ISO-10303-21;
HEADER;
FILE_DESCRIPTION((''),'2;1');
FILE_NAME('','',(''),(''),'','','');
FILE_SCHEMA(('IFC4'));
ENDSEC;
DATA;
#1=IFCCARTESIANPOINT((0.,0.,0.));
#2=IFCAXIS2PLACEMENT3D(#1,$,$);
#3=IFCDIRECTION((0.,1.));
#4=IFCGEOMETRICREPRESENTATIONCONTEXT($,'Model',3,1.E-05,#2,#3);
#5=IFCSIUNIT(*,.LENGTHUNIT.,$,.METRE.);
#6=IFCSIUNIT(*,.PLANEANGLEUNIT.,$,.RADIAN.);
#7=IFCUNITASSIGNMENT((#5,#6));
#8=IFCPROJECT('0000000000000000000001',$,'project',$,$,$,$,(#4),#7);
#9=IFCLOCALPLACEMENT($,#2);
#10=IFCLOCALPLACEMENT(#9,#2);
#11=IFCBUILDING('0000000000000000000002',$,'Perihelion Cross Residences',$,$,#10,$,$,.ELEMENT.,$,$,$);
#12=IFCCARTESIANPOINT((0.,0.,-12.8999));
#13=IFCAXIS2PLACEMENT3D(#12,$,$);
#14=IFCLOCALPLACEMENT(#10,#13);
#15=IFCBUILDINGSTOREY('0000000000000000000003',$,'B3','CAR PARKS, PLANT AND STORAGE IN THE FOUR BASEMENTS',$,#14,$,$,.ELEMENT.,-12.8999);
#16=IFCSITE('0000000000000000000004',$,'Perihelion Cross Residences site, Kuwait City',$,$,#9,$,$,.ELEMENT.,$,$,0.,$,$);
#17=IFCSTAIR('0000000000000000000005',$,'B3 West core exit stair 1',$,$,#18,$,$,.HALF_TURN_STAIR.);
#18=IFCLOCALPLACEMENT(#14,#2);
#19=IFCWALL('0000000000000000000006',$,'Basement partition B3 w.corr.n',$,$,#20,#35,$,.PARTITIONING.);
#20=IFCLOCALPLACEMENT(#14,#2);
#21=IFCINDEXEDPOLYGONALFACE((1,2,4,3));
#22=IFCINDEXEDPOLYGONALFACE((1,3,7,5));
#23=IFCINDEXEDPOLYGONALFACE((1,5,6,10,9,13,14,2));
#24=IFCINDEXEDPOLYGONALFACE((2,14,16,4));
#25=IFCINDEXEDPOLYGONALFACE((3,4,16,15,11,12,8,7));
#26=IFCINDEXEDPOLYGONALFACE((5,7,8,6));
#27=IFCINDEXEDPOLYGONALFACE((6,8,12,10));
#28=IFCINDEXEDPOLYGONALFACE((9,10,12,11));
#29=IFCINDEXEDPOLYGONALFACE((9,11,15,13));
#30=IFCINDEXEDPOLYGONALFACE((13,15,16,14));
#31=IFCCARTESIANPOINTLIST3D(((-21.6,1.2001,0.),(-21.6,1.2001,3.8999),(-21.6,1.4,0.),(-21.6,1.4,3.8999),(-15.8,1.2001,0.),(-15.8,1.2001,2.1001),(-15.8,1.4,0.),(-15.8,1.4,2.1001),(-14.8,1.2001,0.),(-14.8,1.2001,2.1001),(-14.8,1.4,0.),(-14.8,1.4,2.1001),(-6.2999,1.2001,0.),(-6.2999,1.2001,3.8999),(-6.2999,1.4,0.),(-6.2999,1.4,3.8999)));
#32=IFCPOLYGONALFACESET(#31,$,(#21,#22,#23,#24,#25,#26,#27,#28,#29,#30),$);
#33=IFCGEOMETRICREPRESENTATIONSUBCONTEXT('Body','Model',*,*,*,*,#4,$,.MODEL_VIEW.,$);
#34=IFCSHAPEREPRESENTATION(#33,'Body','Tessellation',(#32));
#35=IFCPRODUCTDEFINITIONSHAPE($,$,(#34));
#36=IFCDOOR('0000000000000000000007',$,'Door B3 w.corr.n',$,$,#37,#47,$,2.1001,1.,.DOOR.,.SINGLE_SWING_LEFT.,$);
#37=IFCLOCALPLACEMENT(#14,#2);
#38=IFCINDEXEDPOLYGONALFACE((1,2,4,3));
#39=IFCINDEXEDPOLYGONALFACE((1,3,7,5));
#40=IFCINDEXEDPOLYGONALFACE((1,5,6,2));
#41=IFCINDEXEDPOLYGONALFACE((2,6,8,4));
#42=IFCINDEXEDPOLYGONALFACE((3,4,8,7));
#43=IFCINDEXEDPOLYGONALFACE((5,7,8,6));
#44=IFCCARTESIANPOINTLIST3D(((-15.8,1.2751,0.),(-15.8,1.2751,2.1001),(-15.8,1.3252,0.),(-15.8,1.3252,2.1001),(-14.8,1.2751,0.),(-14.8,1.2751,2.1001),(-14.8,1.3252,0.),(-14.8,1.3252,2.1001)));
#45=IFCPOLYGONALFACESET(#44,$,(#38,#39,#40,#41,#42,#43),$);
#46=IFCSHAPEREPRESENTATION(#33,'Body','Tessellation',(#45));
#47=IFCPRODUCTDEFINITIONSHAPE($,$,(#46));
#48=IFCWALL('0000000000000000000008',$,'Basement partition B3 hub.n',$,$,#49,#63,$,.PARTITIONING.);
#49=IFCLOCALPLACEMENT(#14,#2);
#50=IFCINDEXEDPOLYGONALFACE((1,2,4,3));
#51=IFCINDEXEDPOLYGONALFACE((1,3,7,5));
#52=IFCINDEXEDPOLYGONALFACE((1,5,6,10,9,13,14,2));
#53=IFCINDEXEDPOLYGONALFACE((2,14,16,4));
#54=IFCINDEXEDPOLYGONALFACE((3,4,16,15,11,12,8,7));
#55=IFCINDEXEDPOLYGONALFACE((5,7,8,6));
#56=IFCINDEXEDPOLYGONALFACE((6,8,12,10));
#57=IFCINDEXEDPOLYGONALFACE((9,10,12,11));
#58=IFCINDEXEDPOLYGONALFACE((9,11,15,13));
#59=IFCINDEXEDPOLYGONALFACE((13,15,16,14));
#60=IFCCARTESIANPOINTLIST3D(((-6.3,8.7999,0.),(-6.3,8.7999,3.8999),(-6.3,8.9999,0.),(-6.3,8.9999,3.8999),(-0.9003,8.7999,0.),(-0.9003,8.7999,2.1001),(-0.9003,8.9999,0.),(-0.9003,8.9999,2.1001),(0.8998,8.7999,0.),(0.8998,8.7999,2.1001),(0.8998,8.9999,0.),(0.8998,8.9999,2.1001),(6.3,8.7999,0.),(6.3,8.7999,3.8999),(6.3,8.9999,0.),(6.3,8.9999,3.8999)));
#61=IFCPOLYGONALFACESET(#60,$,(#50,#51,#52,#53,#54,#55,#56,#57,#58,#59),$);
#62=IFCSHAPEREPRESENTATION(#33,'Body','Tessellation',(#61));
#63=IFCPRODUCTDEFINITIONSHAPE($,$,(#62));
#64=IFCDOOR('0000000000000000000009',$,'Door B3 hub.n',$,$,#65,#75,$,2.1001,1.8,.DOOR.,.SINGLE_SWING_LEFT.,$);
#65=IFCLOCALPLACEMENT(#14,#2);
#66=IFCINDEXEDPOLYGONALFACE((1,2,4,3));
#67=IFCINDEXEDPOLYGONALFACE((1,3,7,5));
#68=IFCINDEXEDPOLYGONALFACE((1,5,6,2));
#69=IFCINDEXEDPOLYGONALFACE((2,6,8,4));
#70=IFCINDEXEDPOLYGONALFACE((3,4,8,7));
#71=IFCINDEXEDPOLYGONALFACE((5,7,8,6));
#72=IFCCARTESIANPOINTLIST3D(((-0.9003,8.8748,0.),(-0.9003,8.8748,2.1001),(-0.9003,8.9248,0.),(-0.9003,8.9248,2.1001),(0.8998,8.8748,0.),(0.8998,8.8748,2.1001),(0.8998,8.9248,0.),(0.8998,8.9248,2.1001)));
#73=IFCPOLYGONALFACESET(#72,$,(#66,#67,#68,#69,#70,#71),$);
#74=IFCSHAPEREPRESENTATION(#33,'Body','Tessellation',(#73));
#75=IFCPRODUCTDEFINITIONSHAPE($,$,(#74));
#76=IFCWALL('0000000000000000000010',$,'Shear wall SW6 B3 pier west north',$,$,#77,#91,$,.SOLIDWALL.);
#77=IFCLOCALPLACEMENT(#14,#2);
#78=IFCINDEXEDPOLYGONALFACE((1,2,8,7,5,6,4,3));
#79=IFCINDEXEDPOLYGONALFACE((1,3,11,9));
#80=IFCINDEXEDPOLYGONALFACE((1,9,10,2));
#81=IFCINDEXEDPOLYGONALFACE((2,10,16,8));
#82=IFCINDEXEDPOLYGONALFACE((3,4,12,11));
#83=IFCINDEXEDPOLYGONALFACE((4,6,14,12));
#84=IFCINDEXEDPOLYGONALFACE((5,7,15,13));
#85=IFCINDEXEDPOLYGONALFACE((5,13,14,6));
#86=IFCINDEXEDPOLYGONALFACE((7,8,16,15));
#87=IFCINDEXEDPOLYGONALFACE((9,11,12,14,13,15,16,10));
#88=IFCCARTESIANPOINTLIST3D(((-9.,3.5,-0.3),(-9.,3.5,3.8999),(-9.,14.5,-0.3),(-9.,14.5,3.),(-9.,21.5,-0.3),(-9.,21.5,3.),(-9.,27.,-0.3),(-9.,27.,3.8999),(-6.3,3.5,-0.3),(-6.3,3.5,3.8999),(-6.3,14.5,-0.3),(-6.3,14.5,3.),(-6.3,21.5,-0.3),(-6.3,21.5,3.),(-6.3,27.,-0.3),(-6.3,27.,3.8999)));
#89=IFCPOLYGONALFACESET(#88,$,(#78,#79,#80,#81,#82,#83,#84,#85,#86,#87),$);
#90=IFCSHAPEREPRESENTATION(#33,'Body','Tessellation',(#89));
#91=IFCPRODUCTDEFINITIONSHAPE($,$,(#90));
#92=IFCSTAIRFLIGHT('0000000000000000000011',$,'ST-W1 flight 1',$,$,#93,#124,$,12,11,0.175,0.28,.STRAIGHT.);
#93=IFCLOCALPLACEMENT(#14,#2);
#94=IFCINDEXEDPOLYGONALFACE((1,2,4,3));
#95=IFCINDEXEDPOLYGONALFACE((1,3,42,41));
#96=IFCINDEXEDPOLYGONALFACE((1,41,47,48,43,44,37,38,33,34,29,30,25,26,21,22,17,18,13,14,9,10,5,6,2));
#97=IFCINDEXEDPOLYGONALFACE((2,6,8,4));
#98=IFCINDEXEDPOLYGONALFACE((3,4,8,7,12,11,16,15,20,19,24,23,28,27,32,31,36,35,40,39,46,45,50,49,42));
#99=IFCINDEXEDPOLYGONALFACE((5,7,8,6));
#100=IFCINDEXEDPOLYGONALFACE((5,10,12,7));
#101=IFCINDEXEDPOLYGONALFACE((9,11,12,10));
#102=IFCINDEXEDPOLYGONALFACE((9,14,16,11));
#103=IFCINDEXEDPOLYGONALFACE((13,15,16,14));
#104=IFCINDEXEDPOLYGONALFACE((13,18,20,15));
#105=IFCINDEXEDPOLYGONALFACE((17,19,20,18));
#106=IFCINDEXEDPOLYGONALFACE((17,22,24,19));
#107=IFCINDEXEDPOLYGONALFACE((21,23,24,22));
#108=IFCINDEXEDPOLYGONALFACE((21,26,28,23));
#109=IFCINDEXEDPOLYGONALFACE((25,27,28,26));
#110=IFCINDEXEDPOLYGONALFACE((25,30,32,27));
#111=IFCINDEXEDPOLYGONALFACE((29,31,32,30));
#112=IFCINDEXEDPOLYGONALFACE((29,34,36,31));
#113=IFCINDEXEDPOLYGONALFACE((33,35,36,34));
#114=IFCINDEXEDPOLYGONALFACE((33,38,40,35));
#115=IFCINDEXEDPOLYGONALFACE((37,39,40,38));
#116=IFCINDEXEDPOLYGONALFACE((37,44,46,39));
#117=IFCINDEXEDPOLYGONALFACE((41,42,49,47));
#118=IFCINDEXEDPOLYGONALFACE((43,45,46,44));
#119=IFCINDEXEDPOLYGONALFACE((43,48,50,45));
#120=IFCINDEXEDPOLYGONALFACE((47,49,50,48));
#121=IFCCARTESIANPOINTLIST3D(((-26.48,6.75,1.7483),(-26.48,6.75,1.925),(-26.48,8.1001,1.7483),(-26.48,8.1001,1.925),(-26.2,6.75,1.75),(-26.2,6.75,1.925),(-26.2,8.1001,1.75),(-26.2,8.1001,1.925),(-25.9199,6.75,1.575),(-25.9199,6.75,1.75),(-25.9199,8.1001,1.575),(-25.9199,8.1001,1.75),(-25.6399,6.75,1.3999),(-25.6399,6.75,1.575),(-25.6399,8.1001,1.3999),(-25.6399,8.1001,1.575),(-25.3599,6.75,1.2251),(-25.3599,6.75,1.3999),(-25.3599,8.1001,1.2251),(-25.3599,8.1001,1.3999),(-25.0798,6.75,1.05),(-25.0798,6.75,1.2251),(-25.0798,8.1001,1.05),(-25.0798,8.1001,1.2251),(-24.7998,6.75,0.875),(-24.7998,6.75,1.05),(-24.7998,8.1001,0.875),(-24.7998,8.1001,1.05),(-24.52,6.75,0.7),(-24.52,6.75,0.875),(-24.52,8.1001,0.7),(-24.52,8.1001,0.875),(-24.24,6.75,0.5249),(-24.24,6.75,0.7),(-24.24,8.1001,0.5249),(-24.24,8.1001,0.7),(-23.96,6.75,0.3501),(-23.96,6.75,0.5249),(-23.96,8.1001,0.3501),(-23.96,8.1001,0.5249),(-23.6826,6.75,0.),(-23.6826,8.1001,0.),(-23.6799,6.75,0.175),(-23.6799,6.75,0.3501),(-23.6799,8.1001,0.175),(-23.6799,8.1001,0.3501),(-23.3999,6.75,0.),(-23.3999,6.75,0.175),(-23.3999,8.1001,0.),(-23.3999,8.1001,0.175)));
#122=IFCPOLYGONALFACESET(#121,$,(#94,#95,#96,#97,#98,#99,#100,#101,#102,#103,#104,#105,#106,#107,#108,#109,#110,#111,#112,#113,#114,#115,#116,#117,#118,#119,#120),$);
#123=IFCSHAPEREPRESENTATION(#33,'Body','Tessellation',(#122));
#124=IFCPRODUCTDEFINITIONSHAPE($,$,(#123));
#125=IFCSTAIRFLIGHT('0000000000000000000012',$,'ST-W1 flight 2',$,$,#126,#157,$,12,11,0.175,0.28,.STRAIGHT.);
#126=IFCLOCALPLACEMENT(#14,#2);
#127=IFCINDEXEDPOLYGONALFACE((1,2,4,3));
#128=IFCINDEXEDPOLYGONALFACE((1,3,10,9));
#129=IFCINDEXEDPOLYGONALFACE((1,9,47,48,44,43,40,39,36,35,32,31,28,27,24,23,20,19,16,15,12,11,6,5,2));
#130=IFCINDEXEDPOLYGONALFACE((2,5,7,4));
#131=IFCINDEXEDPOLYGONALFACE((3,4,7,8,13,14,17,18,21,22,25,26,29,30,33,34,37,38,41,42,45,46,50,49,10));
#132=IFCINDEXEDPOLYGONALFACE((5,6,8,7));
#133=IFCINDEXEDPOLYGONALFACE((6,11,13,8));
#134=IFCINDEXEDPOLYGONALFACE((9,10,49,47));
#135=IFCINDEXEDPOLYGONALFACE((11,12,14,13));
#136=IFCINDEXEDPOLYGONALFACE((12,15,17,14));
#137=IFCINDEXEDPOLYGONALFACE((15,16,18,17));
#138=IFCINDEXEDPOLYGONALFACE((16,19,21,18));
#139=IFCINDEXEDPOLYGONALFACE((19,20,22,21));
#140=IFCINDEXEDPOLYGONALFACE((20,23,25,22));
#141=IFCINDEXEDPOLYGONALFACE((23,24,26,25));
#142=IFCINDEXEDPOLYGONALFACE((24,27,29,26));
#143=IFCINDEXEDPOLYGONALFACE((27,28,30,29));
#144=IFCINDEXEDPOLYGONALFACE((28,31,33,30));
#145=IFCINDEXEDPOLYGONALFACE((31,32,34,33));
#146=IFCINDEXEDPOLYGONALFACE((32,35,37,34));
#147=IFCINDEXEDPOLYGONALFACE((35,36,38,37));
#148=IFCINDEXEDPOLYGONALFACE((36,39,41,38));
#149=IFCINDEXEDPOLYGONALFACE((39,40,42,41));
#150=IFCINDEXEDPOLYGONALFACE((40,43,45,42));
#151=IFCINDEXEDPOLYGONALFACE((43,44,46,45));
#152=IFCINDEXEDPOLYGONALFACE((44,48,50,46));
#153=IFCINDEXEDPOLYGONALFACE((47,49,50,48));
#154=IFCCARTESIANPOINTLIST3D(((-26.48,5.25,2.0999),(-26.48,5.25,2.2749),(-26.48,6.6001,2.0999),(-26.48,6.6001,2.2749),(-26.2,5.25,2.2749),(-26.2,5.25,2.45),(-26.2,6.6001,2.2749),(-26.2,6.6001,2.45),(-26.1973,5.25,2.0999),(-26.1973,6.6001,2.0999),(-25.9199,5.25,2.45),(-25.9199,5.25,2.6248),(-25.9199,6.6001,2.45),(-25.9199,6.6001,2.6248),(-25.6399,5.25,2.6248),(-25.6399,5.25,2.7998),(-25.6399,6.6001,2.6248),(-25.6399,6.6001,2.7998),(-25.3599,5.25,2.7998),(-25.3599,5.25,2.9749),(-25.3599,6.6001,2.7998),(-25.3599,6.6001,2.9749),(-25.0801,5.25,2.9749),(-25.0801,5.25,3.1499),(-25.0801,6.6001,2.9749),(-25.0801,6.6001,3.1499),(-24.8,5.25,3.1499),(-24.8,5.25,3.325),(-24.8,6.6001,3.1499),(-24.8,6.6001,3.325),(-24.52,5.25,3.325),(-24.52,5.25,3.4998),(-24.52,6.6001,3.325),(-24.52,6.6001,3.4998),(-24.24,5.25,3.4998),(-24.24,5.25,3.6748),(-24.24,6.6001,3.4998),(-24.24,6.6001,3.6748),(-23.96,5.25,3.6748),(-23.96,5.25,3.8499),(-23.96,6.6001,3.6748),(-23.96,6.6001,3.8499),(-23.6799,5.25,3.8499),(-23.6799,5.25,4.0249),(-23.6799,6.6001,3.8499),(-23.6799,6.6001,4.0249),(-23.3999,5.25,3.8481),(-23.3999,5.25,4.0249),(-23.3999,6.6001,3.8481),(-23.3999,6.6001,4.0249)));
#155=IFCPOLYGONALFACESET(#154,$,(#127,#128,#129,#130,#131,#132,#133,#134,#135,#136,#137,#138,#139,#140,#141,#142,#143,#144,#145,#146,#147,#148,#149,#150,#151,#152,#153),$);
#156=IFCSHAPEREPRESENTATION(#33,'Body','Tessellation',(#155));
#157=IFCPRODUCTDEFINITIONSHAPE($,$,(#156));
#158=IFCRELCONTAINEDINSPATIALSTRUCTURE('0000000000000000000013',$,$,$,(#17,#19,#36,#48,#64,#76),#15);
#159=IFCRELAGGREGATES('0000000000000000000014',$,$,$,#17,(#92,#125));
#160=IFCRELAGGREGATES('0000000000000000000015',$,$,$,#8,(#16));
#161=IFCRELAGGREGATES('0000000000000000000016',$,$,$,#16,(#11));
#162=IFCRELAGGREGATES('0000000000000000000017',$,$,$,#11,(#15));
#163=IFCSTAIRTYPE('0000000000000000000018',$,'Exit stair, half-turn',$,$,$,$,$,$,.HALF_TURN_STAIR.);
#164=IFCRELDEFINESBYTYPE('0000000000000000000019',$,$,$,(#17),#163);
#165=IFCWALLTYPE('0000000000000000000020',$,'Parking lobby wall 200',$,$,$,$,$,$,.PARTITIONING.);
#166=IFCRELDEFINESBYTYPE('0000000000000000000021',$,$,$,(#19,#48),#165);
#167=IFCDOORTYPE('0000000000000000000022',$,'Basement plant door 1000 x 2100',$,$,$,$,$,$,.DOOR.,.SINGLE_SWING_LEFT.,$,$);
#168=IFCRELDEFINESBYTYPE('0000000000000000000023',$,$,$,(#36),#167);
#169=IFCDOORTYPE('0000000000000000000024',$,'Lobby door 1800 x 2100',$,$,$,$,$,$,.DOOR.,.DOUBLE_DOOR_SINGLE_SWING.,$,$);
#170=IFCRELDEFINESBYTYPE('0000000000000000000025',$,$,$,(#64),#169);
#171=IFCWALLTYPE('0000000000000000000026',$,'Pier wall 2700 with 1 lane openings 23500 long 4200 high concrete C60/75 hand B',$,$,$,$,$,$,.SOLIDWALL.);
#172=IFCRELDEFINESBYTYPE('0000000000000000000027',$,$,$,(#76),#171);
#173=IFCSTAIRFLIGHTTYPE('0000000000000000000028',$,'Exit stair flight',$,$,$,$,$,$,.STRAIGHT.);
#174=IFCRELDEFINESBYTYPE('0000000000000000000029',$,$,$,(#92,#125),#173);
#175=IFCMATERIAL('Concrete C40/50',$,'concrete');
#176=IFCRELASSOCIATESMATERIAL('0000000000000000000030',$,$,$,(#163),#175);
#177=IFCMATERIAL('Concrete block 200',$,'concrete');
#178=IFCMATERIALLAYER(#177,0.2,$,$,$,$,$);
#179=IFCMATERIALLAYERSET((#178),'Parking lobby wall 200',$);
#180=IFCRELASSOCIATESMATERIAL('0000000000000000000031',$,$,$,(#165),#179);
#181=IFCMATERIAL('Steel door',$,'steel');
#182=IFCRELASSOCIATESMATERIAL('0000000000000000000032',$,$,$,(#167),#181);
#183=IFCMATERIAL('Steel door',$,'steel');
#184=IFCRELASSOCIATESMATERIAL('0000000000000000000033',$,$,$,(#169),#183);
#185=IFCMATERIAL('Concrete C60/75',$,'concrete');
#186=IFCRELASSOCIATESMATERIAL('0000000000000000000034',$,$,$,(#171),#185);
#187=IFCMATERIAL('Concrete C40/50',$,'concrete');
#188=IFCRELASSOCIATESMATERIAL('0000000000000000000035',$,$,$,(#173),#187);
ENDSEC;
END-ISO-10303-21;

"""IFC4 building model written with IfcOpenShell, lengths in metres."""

from ifc_helpers import new_model, si_unit, direction, frame, frame_2d, origin, place, context, subcontext, project, spatial, polyline, rectangle, outline, extrude, material, layer, layer_set, material_profile, profile_set, type_object, element, fill, aggregate, save


model = new_model("IFC4")

# Units and contexts
model_context = context("Model", 3, precision=1e-05, world=origin(), true_north=direction((0.0, 1.0)))
body_context = subcontext(model_context, "Body", "Model", "MODEL_VIEW")
ifc_project = project(units=[si_unit("LENGTHUNIT", "METRE"), si_unit("PLANEANGLEUNIT", "RADIAN")], contexts=[model_context])

# Site, building, storey
site_placement = place(None, origin())
site = spatial("IfcSite", under=ifc_project, at=site_placement, Name="Perihelion Cross Residences site, Kuwait City", CompositionType="ELEMENT", RefElevation=0.0)
building_placement = place(site_placement, origin())
building = spatial("IfcBuilding", under=site, at=building_placement, Name="Perihelion Cross Residences", CompositionType="ELEMENT")
storey_placement = place(building_placement, frame((0.0, 0.0, -12.8999)))
storey = spatial("IfcBuildingStorey", under=building, at=storey_placement, Name="B3", Description="CAR PARKS, PLANT AND STORAGE IN THE FOUR BASEMENTS", CompositionType="ELEMENT", Elevation=-12.8999)

# Stair
ifc_material_1 = material(Name="Concrete C40/50", Category="concrete")
stair_type = type_object("IfcStairType", Name="Exit stair, half-turn", PredefinedType="HALF_TURN_STAIR", material=ifc_material_1)
stair_1_placement = place(storey_placement, origin())
stair_1 = element("IfcStair", 1, at=stair_1_placement, inside=storey, type_object=stair_type, Name="B3 West core exit stair 1", PredefinedType="HALF_TURN_STAIR")

# Walls, openings, doors
ifc_material_2 = material(Name="Concrete block 200", Category="concrete")
ifc_layer_1 = layer(ifc_material_2, 0.2)
ifc_layer_set_1 = layer_set([ifc_layer_1], Name="Parking lobby wall 200")
wall_type_1 = type_object("IfcWallType", Name="Parking lobby wall 200", PredefinedType="PARTITIONING", material=ifc_layer_set_1)
wall_1_placement = place(storey_placement, frame((-6.3, 1.3, 0.0), z_axis=(0.0, 0.0, 1.0), x_axis=(-1.0, 0.0, 0.0)))
wall_1 = element("IfcWall", 2, at=wall_1_placement, inside=storey, type_object=wall_type_1, Name="Basement partition B3 w.corr.n", PredefinedType="PARTITIONING", context=body_context, shape_type="SweptSolid", body=[
    extrude(rectangle(XDim=15.3, YDim=0.2, at=frame_2d((7.6499, 0.0))), origin(), (0.0, 0.0, 1.0), 3.8999),
])
opening_1_placement = place(wall_1_placement, frame((8.5, 0.0, 0.0)))
opening_1 = element("IfcOpeningElement", 3, at=opening_1_placement, cuts=wall_1, PredefinedType="OPENING", context=body_context, shape_type="SweptSolid", body=[
    extrude(rectangle(XDim=1.0, YDim=2.1001, at=frame_2d((0.5, 1.05))), frame((0.0, 0.1099, 0.0), z_axis=(0.0, -1.0, 0.0), x_axis=(1.0, 0.0, 0.0)), (0.0, 0.0, 1.0), 0.22),
])
ifc_material_3 = material(Name="Steel door", Category="steel")
door_type_1 = type_object("IfcDoorType", Name="Basement plant door 1000 x 2100", OperationType="SINGLE_SWING_LEFT", PredefinedType="DOOR", material=ifc_material_3)
door_1_placement = place(opening_1_placement, origin())
door_1 = element("IfcDoor", 4, at=door_1_placement, inside=storey, type_object=door_type_1, Name="Door B3 w.corr.n", OperationType="SINGLE_SWING_LEFT", OverallHeight=2.1001, OverallWidth=1.0, PredefinedType="DOOR", context=body_context, shape_type="SweptSolid", body=[
    extrude(rectangle(XDim=1.0, YDim=2.1001, at=frame_2d((0.5, 1.05))), frame((0.0, 0.0249, 0.0), z_axis=(0.0, -1.0, 0.0), x_axis=(1.0, 0.0, 0.0)), (0.0, 0.0, 1.0), 0.05),
])
fill(opening_1, door_1)
wall_2_placement = place(storey_placement, frame((-6.3, 8.8999, 0.0), z_axis=(0.0, 0.0, 1.0), x_axis=(1.0, 0.0, 0.0)))
wall_2 = element("IfcWall", 5, at=wall_2_placement, inside=storey, type_object=wall_type_1, Name="Basement partition B3 hub.n", PredefinedType="PARTITIONING", context=body_context, shape_type="SweptSolid", body=[
    extrude(rectangle(XDim=12.6001, YDim=0.2, at=frame_2d((6.3, 0.0))), origin(), (0.0, 0.0, 1.0), 3.8999),
])
opening_2_placement = place(wall_2_placement, frame((5.3999, 0.0, 0.0)))
opening_2 = element("IfcOpeningElement", 6, at=opening_2_placement, cuts=wall_2, PredefinedType="OPENING", context=body_context, shape_type="SweptSolid", body=[
    extrude(rectangle(XDim=1.8, YDim=2.1001, at=frame_2d((0.8999, 1.05))), frame((0.0, 0.1099, 0.0), z_axis=(0.0, -1.0, 0.0), x_axis=(1.0, 0.0, 0.0)), (0.0, 0.0, 1.0), 0.22),
])
ifc_material_4 = material(Name="Steel door", Category="steel")
door_type_2 = type_object("IfcDoorType", Name="Lobby door 1800 x 2100", OperationType="DOUBLE_DOOR_SINGLE_SWING", PredefinedType="DOOR", material=ifc_material_4)
door_2_placement = place(opening_2_placement, origin())
door_2 = element("IfcDoor", 7, at=door_2_placement, inside=storey, type_object=door_type_2, Name="Door B3 hub.n", OperationType="SINGLE_SWING_LEFT", OverallHeight=2.1001, OverallWidth=1.8, PredefinedType="DOOR", context=body_context, shape_type="SweptSolid", body=[
    extrude(rectangle(XDim=1.8, YDim=2.1001, at=frame_2d((0.8999, 1.05))), frame((0.0, 0.0249, 0.0), z_axis=(0.0, -1.0, 0.0), x_axis=(1.0, 0.0, 0.0)), (0.0, 0.0, 1.0), 0.05),
])
fill(opening_2, door_2)

# Wall
ifc_material_5 = material(Name="Concrete C60/75", Category="concrete")
ifc_material_profile_1 = material_profile(ifc_material_5, outline(polyline([(0.0, 0.0), (11.0, 0.0), (11.0, 3.3), (18.0, 3.3), (18.0, 0.0), (23.5, 0.0), (23.5, 4.2), (0.0, 4.2), (0.0, 0.0)])), Name="Pier wall")
ifc_profile_set_1 = profile_set([ifc_material_profile_1], Name="Concrete C60/75")
wall_type_2 = type_object("IfcWallType", Name="Pier wall 2700 with 1 lane openings 23500 long 4200 high concrete C60/75 hand B", PredefinedType="SOLIDWALL", material=ifc_profile_set_1)
wall_3_placement = place(storey_placement, frame((-9.0, 3.5, -0.3), z_axis=(1.0, 0.0, 0.0), x_axis=(0.0, 1.0, 0.0)))
element("IfcWall", 8, at=wall_3_placement, inside=storey, type_object=wall_type_2, Name="Shear wall SW6 B3 pier west north", PredefinedType="SOLIDWALL", context=body_context, shape_type="SweptSolid", body=[
    extrude(outline(polyline([(0.0, 0.0), (11.0, 0.0), (11.0, 3.3), (18.0, 3.3), (18.0, 0.0), (23.5, 0.0), (23.5, 4.2), (0.0, 4.2), (0.0, 0.0)])), origin(), (0.0, 0.0, 1.0), 2.7),
])

# Stair flights
ifc_material_6 = material(Name="Concrete C40/50", Category="concrete")
stair_flight_type = type_object("IfcStairFlightType", Name="Exit stair flight", PredefinedType="STRAIGHT", material=ifc_material_6)
stair_flight_1_placement = place(storey_placement, frame((-23.3999, 7.425, 0.0), z_axis=(0.0, 0.0, 1.0), x_axis=(-1.0, 0.0, 0.0)))
stair_flight_1 = element("IfcStairFlight", 9, at=stair_flight_1_placement, type_object=stair_flight_type, Name="ST-W1 flight 1", NumberOfRisers=12, NumberOfTreads=11, PredefinedType="STRAIGHT", RiserHeight=0.175, TreadLength=0.28, context=body_context, shape_type="SweptSolid", body=[
    extrude(outline(polyline([(0.0, 0.0), (0.0, 0.175), (0.28, 0.175), (0.28, 0.3501), (0.5601, 0.3501), (0.5601, 0.5249), (0.8401, 0.5249), (0.8401, 0.7), (1.1201, 0.7), (1.1201, 0.875), (1.3999, 0.875), (1.3999, 1.05), (1.6799, 1.05), (1.6799, 1.2251), (1.96, 1.2251), (1.96, 1.3999), (2.24, 1.3999), (2.24, 1.575), (2.52, 1.575), (2.52, 1.75), (2.8, 1.75), (2.8, 1.925), (3.0801, 1.925), (3.0801, 2.1001), (3.0801, 1.7483), (0.2827, 0.0), (0.0, 0.0)])), frame((0.0, 0.675, 0.0), z_axis=(0.0, -1.0, 0.0), x_axis=(1.0, 0.0, 0.0)), (0.0, 0.0, 1.0), 1.3501),
])
stair_flight_2_placement = place(storey_placement, frame((-26.48, 5.925, 2.0999), z_axis=(0.0, 0.0, 1.0), x_axis=(1.0, 0.0, 0.0)))
stair_flight_2 = element("IfcStairFlight", 10, at=stair_flight_2_placement, type_object=stair_flight_type, Name="ST-W1 flight 2", NumberOfRisers=12, NumberOfTreads=11, PredefinedType="STRAIGHT", RiserHeight=0.175, TreadLength=0.28, context=body_context, shape_type="SweptSolid", body=[
    extrude(outline(polyline([(0.0, 0.0), (0.0, 0.175), (0.28, 0.175), (0.28, 0.3501), (0.5601, 0.3501), (0.5601, 0.5249), (0.8401, 0.5249), (0.8401, 0.7), (1.1201, 0.7), (1.1201, 0.875), (1.3999, 0.875), (1.3999, 1.05), (1.6799, 1.05), (1.6799, 1.2251), (1.96, 1.2251), (1.96, 1.3999), (2.24, 1.3999), (2.24, 1.575), (2.52, 1.575), (2.52, 1.75), (2.8, 1.75), (2.8, 1.925), (3.0801, 1.925), (3.0801, 2.1001), (3.0801, 1.7483), (0.2827, 0.0), (0.0, 0.0)])), frame((0.0, 0.675, 0.0), z_axis=(0.0, -1.0, 0.0), x_axis=(1.0, 0.0, 0.0)), (0.0, 0.0, 1.0), 1.3501),
])
aggregate(stair_1, [stair_flight_1, stair_flight_2])

save(model, "model.ifc")
